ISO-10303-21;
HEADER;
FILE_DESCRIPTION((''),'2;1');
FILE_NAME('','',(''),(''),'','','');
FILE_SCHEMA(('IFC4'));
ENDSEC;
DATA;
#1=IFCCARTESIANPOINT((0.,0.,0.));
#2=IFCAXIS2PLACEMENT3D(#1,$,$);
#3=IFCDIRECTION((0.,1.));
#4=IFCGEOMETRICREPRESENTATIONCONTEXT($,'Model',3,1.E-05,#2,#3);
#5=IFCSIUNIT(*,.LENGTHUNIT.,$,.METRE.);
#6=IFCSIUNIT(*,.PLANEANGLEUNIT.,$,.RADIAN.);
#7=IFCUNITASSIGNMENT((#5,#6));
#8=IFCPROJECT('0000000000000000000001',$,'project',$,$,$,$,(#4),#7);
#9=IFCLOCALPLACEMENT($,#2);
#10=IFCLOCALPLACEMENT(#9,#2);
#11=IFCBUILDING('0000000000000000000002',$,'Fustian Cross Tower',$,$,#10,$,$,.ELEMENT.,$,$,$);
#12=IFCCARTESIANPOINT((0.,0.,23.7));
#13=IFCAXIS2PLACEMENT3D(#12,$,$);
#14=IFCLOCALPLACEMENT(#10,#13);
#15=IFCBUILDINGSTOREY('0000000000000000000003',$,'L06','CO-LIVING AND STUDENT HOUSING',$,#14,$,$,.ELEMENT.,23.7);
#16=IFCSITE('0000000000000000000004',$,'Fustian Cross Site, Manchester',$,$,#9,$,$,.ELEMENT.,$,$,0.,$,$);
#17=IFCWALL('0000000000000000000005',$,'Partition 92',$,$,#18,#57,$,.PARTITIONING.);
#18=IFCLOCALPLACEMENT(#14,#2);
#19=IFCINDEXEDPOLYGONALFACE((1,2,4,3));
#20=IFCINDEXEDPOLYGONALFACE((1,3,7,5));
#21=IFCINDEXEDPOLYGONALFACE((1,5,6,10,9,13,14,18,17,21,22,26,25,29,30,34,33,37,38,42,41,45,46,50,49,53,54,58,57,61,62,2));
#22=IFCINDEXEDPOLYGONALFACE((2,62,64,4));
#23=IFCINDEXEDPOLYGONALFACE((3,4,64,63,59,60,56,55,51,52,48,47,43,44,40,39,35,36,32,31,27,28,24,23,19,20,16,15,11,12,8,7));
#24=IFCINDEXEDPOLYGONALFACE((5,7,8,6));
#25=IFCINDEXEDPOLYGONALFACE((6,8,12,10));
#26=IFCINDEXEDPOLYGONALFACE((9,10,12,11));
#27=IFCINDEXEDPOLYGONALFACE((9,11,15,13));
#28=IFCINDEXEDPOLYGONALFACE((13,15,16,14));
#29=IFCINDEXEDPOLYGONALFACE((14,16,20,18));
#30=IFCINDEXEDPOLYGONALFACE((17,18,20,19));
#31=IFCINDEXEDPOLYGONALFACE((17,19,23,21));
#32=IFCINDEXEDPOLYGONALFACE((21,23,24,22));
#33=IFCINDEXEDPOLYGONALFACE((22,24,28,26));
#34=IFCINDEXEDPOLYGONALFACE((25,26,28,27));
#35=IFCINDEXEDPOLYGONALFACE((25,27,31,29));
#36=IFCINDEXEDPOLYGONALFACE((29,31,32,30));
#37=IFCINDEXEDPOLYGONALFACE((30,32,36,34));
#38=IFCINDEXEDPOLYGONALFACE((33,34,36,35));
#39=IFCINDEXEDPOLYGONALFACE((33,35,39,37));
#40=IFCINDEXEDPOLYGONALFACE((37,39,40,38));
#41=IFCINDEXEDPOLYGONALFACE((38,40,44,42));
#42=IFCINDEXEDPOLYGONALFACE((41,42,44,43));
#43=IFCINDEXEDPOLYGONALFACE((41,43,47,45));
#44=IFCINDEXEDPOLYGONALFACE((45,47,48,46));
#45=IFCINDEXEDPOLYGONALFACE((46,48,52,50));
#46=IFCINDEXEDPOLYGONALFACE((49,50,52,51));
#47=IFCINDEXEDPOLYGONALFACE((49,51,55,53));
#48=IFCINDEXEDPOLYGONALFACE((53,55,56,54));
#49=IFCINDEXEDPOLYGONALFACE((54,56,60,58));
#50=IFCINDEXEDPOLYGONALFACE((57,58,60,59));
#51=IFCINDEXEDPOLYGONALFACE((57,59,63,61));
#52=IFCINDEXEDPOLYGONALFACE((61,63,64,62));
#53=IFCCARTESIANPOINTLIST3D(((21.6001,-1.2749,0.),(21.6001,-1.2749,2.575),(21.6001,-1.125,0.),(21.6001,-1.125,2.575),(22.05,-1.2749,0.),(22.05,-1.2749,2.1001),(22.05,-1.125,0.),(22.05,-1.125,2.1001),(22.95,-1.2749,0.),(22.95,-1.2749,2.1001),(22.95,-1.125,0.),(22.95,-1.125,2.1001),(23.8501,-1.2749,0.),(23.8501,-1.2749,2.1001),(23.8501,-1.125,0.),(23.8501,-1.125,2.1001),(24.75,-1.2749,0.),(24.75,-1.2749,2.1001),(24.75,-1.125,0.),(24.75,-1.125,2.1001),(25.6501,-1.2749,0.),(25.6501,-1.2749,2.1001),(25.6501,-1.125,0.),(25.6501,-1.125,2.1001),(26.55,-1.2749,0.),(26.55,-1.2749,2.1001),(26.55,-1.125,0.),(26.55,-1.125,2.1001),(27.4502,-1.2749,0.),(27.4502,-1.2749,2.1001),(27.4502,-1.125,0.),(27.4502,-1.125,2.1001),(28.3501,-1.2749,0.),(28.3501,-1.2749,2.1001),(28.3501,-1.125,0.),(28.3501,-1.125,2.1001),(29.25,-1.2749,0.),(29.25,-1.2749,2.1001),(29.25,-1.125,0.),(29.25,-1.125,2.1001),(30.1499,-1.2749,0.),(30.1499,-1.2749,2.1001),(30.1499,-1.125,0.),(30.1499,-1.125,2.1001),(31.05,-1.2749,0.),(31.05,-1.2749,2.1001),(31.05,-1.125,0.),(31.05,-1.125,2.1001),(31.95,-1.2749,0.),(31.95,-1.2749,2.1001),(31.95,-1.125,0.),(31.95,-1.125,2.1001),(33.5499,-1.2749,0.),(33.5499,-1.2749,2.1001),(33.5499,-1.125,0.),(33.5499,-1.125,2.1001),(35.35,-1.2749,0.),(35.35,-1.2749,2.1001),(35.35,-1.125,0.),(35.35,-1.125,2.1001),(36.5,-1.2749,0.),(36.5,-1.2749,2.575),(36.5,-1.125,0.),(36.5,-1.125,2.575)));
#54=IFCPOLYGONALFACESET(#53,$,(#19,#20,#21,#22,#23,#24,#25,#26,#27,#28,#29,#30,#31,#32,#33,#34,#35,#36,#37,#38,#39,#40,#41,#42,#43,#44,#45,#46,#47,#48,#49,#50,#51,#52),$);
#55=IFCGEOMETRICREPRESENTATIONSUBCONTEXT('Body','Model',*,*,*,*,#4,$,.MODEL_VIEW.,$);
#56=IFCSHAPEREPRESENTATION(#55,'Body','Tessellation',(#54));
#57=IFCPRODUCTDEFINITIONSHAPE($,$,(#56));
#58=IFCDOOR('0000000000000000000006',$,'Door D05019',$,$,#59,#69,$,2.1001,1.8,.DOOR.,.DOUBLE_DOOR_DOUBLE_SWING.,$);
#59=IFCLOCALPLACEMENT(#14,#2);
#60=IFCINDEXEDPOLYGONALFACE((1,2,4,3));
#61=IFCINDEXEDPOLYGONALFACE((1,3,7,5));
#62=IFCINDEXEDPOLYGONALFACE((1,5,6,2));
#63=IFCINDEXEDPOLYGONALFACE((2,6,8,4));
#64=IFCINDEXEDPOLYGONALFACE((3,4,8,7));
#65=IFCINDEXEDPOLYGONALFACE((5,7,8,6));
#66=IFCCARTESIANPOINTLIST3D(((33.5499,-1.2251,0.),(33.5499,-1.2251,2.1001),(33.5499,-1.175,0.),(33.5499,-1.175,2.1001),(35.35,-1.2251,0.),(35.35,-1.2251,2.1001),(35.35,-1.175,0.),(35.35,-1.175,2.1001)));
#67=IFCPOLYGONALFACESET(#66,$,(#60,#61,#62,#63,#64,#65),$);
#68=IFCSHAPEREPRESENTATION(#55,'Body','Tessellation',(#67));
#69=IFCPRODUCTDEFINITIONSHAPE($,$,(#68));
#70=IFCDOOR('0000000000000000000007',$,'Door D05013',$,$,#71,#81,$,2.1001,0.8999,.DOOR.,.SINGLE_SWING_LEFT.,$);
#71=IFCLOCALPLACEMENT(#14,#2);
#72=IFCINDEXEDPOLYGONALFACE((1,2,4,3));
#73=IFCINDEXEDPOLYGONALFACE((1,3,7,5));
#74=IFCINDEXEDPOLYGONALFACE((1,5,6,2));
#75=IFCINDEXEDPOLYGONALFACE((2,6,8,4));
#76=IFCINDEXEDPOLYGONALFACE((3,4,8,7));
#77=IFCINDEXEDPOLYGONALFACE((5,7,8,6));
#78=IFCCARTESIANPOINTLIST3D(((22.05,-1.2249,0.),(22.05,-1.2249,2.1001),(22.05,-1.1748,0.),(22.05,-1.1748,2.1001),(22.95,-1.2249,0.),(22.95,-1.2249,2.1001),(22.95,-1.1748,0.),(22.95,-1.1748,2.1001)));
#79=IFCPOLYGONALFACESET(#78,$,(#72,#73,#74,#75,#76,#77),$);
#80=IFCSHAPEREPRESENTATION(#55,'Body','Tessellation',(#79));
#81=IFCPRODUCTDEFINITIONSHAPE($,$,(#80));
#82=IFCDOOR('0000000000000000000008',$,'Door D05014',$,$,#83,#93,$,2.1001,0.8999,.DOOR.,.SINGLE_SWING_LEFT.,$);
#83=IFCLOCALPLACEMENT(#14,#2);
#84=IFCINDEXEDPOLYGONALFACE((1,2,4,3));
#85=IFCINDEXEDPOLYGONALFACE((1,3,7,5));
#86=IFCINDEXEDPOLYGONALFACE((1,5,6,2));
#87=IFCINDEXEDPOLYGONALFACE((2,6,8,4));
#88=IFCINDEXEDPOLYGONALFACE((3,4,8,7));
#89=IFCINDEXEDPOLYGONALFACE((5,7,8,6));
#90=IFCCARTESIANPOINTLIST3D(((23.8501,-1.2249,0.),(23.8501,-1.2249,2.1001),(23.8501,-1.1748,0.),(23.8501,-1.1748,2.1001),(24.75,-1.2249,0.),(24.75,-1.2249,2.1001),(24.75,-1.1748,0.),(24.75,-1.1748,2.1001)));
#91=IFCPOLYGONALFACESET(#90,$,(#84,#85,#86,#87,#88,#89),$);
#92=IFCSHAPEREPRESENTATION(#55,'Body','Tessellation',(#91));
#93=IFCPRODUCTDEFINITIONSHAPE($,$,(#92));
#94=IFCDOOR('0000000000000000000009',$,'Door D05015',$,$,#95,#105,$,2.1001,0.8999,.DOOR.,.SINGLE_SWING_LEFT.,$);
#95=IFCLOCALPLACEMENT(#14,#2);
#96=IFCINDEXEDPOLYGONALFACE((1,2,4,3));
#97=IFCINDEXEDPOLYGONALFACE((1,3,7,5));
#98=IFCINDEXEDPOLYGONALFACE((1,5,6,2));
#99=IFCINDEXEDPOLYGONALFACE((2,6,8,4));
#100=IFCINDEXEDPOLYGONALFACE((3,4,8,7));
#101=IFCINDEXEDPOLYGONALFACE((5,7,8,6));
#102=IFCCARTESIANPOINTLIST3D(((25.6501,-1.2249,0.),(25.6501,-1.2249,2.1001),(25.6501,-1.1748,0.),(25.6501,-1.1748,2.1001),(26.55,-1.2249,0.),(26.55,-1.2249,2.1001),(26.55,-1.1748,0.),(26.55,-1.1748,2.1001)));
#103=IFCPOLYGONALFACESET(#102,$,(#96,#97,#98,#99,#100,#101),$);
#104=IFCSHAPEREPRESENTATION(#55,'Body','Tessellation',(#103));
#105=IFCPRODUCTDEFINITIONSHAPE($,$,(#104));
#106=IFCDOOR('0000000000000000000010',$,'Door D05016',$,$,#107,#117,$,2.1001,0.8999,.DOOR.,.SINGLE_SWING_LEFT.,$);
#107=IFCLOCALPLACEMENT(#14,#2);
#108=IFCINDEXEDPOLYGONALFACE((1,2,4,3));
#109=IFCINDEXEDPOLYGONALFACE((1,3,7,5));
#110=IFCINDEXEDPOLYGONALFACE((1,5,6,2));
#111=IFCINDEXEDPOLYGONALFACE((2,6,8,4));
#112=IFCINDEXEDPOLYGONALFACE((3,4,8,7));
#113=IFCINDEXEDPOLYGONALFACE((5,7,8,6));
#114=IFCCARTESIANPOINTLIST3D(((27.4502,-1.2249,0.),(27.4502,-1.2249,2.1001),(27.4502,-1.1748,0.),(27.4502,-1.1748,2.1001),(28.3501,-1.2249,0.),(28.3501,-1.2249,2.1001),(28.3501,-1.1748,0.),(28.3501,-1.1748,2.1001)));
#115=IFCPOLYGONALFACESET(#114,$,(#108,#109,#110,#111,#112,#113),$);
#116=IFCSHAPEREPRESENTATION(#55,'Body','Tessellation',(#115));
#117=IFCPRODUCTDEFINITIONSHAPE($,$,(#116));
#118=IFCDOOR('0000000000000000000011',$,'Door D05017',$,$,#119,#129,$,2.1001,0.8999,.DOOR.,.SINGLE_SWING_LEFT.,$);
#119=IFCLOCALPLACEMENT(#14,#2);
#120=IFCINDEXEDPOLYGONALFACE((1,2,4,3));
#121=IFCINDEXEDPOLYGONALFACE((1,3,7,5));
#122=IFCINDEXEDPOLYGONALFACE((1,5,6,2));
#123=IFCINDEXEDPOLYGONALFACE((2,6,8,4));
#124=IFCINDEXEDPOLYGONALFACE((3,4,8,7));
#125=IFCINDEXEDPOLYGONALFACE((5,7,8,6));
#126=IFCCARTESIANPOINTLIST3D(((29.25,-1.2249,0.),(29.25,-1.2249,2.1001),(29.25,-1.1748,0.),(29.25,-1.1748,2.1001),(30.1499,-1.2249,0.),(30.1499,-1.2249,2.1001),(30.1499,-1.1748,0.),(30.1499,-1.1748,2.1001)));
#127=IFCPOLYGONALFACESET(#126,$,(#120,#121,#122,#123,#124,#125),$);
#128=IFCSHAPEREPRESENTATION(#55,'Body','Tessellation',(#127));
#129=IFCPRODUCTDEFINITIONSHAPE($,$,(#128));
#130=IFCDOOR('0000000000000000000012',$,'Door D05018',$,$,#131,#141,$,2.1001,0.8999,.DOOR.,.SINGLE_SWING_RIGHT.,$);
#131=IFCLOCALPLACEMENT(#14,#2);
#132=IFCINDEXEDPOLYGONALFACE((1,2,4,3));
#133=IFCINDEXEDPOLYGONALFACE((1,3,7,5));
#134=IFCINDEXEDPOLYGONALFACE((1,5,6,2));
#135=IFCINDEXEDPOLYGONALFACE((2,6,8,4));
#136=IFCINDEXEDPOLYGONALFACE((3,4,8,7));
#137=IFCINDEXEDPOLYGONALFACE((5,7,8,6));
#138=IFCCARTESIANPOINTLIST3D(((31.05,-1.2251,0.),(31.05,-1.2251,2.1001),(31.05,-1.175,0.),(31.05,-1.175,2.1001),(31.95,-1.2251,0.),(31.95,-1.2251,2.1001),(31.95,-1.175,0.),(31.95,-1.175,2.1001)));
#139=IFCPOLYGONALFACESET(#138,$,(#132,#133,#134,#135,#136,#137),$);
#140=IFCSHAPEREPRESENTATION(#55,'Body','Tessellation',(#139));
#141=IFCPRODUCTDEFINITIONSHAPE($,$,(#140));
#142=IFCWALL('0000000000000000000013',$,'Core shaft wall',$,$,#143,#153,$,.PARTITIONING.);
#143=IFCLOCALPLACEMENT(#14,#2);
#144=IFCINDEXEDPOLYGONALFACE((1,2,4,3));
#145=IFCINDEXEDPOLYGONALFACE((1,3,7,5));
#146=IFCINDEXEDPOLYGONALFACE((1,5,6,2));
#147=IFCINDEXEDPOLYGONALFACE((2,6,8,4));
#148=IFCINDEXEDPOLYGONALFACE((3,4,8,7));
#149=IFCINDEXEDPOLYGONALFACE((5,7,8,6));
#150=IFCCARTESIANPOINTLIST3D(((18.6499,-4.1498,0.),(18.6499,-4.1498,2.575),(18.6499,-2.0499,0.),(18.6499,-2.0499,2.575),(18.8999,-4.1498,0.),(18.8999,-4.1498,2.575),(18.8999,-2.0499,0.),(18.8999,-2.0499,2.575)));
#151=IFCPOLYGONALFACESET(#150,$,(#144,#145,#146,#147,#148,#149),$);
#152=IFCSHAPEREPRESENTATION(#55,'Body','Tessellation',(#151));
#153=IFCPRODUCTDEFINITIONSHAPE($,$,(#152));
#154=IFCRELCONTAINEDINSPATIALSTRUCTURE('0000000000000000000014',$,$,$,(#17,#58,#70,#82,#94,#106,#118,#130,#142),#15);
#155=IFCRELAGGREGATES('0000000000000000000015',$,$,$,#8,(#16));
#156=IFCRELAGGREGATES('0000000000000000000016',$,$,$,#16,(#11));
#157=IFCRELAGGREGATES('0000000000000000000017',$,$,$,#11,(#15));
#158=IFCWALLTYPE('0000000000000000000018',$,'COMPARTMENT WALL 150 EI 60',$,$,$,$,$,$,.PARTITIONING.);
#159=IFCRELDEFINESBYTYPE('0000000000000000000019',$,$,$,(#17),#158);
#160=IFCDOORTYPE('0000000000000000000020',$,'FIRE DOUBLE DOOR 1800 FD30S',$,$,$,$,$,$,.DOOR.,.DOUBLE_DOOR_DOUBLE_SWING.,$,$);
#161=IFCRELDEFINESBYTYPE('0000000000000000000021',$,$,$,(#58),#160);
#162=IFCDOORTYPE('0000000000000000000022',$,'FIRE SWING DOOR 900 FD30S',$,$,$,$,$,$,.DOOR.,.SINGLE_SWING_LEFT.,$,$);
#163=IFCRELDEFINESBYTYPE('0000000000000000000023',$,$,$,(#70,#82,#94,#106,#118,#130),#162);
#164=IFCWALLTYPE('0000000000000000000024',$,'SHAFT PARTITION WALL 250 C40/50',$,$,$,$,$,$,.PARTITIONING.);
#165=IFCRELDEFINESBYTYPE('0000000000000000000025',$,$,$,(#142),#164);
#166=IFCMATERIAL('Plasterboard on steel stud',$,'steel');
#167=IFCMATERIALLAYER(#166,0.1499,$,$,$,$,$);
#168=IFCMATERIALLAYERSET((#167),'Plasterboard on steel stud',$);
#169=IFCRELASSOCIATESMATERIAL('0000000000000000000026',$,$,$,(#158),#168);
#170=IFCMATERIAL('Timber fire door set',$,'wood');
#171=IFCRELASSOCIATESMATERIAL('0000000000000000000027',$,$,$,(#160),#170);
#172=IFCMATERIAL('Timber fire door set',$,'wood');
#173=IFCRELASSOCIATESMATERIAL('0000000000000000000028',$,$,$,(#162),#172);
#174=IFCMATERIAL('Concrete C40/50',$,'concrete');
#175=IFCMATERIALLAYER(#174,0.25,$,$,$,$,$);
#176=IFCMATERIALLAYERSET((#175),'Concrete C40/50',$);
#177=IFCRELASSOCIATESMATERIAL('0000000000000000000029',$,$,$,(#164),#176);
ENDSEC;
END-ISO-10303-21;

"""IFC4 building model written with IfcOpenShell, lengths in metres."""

from ifc_helpers import new_model, si_unit, direction, frame, frame_2d, origin, place, context, subcontext, project, spatial, rectangle, extrude, material, layer, layer_set, type_object, element, fill, save


model = new_model("IFC4")

# Units and contexts
model_context = context("Model", 3, precision=1e-05, world=origin(), true_north=direction((0.0, 1.0)))
body_context = subcontext(model_context, "Body", "Model", "MODEL_VIEW")
ifc_project = project(units=[si_unit("LENGTHUNIT", "METRE"), si_unit("PLANEANGLEUNIT", "RADIAN")], contexts=[model_context])

# Site, building, storey
site_placement = place(None, origin())
site = spatial("IfcSite", under=ifc_project, at=site_placement, Name="Fustian Cross Site, Manchester", CompositionType="ELEMENT", RefElevation=0.0)
building_placement = place(site_placement, origin())
building = spatial("IfcBuilding", under=site, at=building_placement, Name="Fustian Cross Tower", CompositionType="ELEMENT")
storey_placement = place(building_placement, frame((0.0, 0.0, 23.7)))
storey = spatial("IfcBuildingStorey", under=building, at=storey_placement, Name="L06", Description="CO-LIVING AND STUDENT HOUSING", CompositionType="ELEMENT", Elevation=23.7)

# Wall, openings, doors
ifc_material_1 = material(Name="Plasterboard on steel stud", Category="steel")
ifc_layer_1 = layer(ifc_material_1, 0.1499)
ifc_layer_set_1 = layer_set([ifc_layer_1], Name="Plasterboard on steel stud")
wall_type_1 = type_object("IfcWallType", Name="COMPARTMENT WALL 150 EI 60", PredefinedType="PARTITIONING", material=ifc_layer_set_1)
wall_1_placement = place(storey_placement, frame((21.6001, -1.2, 0.0), z_axis=(0.0, 0.0, 1.0), x_axis=(1.0, 0.0, 0.0)))
wall_1 = element("IfcWall", 1, at=wall_1_placement, inside=storey, type_object=wall_type_1, Name="Partition 92", PredefinedType="PARTITIONING", context=body_context, shape_type="SweptSolid", body=[
    extrude(rectangle(XDim=14.8999, YDim=0.1499, at=frame_2d((7.45, 0.0))), origin(), (0.0, 0.0, 1.0), 2.575),
])
opening_1_placement = place(wall_1_placement, frame((0.45, 0.0, 0.0)))
opening_1 = element("IfcOpeningElement", 2, at=opening_1_placement, cuts=wall_1, PredefinedType="OPENING", context=body_context, shape_type="SweptSolid", body=[
    extrude(rectangle(XDim=0.8999, YDim=2.1001, at=frame_2d((0.45, 1.05))), frame((0.0, 0.085, 0.0), z_axis=(0.0, -1.0, 0.0), x_axis=(1.0, 0.0, 0.0)), (0.0, 0.0, 1.0), 0.1699),
])
opening_2_placement = place(wall_1_placement, frame((2.25, 0.0, 0.0)))
opening_2 = element("IfcOpeningElement", 3, at=opening_2_placement, cuts=wall_1, PredefinedType="OPENING", context=body_context, shape_type="SweptSolid", body=[
    extrude(rectangle(XDim=0.8999, YDim=2.1001, at=frame_2d((0.45, 1.05))), frame((0.0, 0.085, 0.0), z_axis=(0.0, -1.0, 0.0), x_axis=(1.0, 0.0, 0.0)), (0.0, 0.0, 1.0), 0.1699),
])
opening_3_placement = place(wall_1_placement, frame((4.05, 0.0, 0.0)))
opening_3 = element("IfcOpeningElement", 4, at=opening_3_placement, cuts=wall_1, PredefinedType="OPENING", context=body_context, shape_type="SweptSolid", body=[
    extrude(rectangle(XDim=0.8999, YDim=2.1001, at=frame_2d((0.45, 1.05))), frame((0.0, 0.085, 0.0), z_axis=(0.0, -1.0, 0.0), x_axis=(1.0, 0.0, 0.0)), (0.0, 0.0, 1.0), 0.1699),
])
opening_4_placement = place(wall_1_placement, frame((5.8501, 0.0, 0.0)))
opening_4 = element("IfcOpeningElement", 5, at=opening_4_placement, cuts=wall_1, PredefinedType="OPENING", context=body_context, shape_type="SweptSolid", body=[
    extrude(rectangle(XDim=0.8999, YDim=2.1001, at=frame_2d((0.45, 1.05))), frame((0.0, 0.085, 0.0), z_axis=(0.0, -1.0, 0.0), x_axis=(1.0, 0.0, 0.0)), (0.0, 0.0, 1.0), 0.1699),
])
opening_5_placement = place(wall_1_placement, frame((7.6499, 0.0, 0.0)))
opening_5 = element("IfcOpeningElement", 6, at=opening_5_placement, cuts=wall_1, PredefinedType="OPENING", context=body_context, shape_type="SweptSolid", body=[
    extrude(rectangle(XDim=0.8999, YDim=2.1001, at=frame_2d((0.45, 1.05))), frame((0.0, 0.085, 0.0), z_axis=(0.0, -1.0, 0.0), x_axis=(1.0, 0.0, 0.0)), (0.0, 0.0, 1.0), 0.1699),
])
opening_6_placement = place(wall_1_placement, frame((9.45, 0.0, 0.0)))
opening_6 = element("IfcOpeningElement", 7, at=opening_6_placement, cuts=wall_1, PredefinedType="OPENING", context=body_context, shape_type="SweptSolid", body=[
    extrude(rectangle(XDim=0.8999, YDim=2.1001, at=frame_2d((0.45, 1.05))), frame((0.0, 0.085, 0.0), z_axis=(0.0, -1.0, 0.0), x_axis=(1.0, 0.0, 0.0)), (0.0, 0.0, 1.0), 0.1699),
])
opening_7_placement = place(wall_1_placement, frame((11.95, 0.0, 0.0)))
opening_7 = element("IfcOpeningElement", 8, at=opening_7_placement, cuts=wall_1, PredefinedType="OPENING", context=body_context, shape_type="SweptSolid", body=[
    extrude(rectangle(XDim=1.8, YDim=2.1001, at=frame_2d((0.8999, 1.05))), frame((0.0, 0.085, 0.0), z_axis=(0.0, -1.0, 0.0), x_axis=(1.0, 0.0, 0.0)), (0.0, 0.0, 1.0), 0.1699),
])
ifc_material_2 = material(Name="Timber fire door set", Category="wood")
door_type_1 = type_object("IfcDoorType", Name="FIRE DOUBLE DOOR 1800 FD30S", OperationType="DOUBLE_DOOR_DOUBLE_SWING", PredefinedType="DOOR", material=ifc_material_2)
door_1_placement = place(opening_7_placement, origin())
door_1 = element("IfcDoor", 9, at=door_1_placement, inside=storey, type_object=door_type_1, Name="Door D05019", OperationType="DOUBLE_DOOR_DOUBLE_SWING", OverallHeight=2.1001, OverallWidth=1.8, PredefinedType="DOOR", context=body_context, shape_type="SweptSolid", body=[
    extrude(rectangle(XDim=1.8, YDim=2.1001, at=frame_2d((0.8999, 1.05))), frame((0.0, 0.0249, 0.0), z_axis=(0.0, -1.0, 0.0), x_axis=(1.0, 0.0, 0.0)), (0.0, 0.0, 1.0), 0.05),
])
fill(opening_7, door_1)
ifc_material_3 = material(Name="Timber fire door set", Category="wood")
door_type_2 = type_object("IfcDoorType", Name="FIRE SWING DOOR 900 FD30S", OperationType="SINGLE_SWING_LEFT", PredefinedType="DOOR", material=ifc_material_3)
door_2_placement = place(opening_1_placement, frame((0.8999, 0.0, 0.0), z_axis=(0.0, 0.0, 1.0), x_axis=(-1.0, 0.0, 0.0)))
door_2 = element("IfcDoor", 10, at=door_2_placement, inside=storey, type_object=door_type_2, Name="Door D05013", OperationType="SINGLE_SWING_LEFT", OverallHeight=2.1001, OverallWidth=0.8999, PredefinedType="DOOR", context=body_context, shape_type="SweptSolid", body=[
    extrude(rectangle(XDim=0.8999, YDim=2.1001, at=frame_2d((0.45, 1.05))), frame((0.0, 0.0249, 0.0), z_axis=(0.0, -1.0, 0.0), x_axis=(1.0, 0.0, 0.0)), (0.0, 0.0, 1.0), 0.05),
])
fill(opening_1, door_2)
door_3_placement = place(opening_2_placement, frame((0.8999, 0.0, 0.0), z_axis=(0.0, 0.0, 1.0), x_axis=(-1.0, 0.0, 0.0)))
door_3 = element("IfcDoor", 11, at=door_3_placement, inside=storey, type_object=door_type_2, Name="Door D05014", OperationType="SINGLE_SWING_LEFT", OverallHeight=2.1001, OverallWidth=0.8999, PredefinedType="DOOR", context=body_context, shape_type="SweptSolid", body=[
    extrude(rectangle(XDim=0.8999, YDim=2.1001, at=frame_2d((0.45, 1.05))), frame((0.0, 0.0249, 0.0), z_axis=(0.0, -1.0, 0.0), x_axis=(1.0, 0.0, 0.0)), (0.0, 0.0, 1.0), 0.05),
])
fill(opening_2, door_3)
door_4_placement = place(opening_3_placement, frame((0.8999, 0.0, 0.0), z_axis=(0.0, 0.0, 1.0), x_axis=(-1.0, 0.0, 0.0)))
door_4 = element("IfcDoor", 12, at=door_4_placement, inside=storey, type_object=door_type_2, Name="Door D05015", OperationType="SINGLE_SWING_LEFT", OverallHeight=2.1001, OverallWidth=0.8999, PredefinedType="DOOR", context=body_context, shape_type="SweptSolid", body=[
    extrude(rectangle(XDim=0.8999, YDim=2.1001, at=frame_2d((0.45, 1.05))), frame((0.0, 0.0249, 0.0), z_axis=(0.0, -1.0, 0.0), x_axis=(1.0, 0.0, 0.0)), (0.0, 0.0, 1.0), 0.05),
])
fill(opening_3, door_4)
door_5_placement = place(opening_4_placement, frame((0.8999, 0.0, 0.0), z_axis=(0.0, 0.0, 1.0), x_axis=(-1.0, 0.0, 0.0)))
door_5 = element("IfcDoor", 13, at=door_5_placement, inside=storey, type_object=door_type_2, Name="Door D05016", OperationType="SINGLE_SWING_LEFT", OverallHeight=2.1001, OverallWidth=0.8999, PredefinedType="DOOR", context=body_context, shape_type="SweptSolid", body=[
    extrude(rectangle(XDim=0.8999, YDim=2.1001, at=frame_2d((0.45, 1.05))), frame((0.0, 0.0249, 0.0), z_axis=(0.0, -1.0, 0.0), x_axis=(1.0, 0.0, 0.0)), (0.0, 0.0, 1.0), 0.05),
])
fill(opening_4, door_5)
door_6_placement = place(opening_5_placement, frame((0.8999, 0.0, 0.0), z_axis=(0.0, 0.0, 1.0), x_axis=(-1.0, 0.0, 0.0)))
door_6 = element("IfcDoor", 14, at=door_6_placement, inside=storey, type_object=door_type_2, Name="Door D05017", OperationType="SINGLE_SWING_LEFT", OverallHeight=2.1001, OverallWidth=0.8999, PredefinedType="DOOR", context=body_context, shape_type="SweptSolid", body=[
    extrude(rectangle(XDim=0.8999, YDim=2.1001, at=frame_2d((0.45, 1.05))), frame((0.0, 0.0249, 0.0), z_axis=(0.0, -1.0, 0.0), x_axis=(1.0, 0.0, 0.0)), (0.0, 0.0, 1.0), 0.05),
])
fill(opening_5, door_6)
door_7_placement = place(opening_6_placement, origin())
door_7 = element("IfcDoor", 15, at=door_7_placement, inside=storey, type_object=door_type_2, Name="Door D05018", OperationType="SINGLE_SWING_RIGHT", OverallHeight=2.1001, OverallWidth=0.8999, PredefinedType="DOOR", context=body_context, shape_type="SweptSolid", body=[
    extrude(rectangle(XDim=0.8999, YDim=2.1001, at=frame_2d((0.45, 1.05))), frame((0.0, 0.0249, 0.0), z_axis=(0.0, -1.0, 0.0), x_axis=(1.0, 0.0, 0.0)), (0.0, 0.0, 1.0), 0.05),
])
fill(opening_6, door_7)

# Wall
ifc_material_4 = material(Name="Concrete C40/50", Category="concrete")
ifc_layer_2 = layer(ifc_material_4, 0.25)
ifc_layer_set_2 = layer_set([ifc_layer_2], Name="Concrete C40/50")
wall_type_2 = type_object("IfcWallType", Name="SHAFT PARTITION WALL 250 C40/50", PredefinedType="PARTITIONING", material=ifc_layer_set_2)
wall_2_placement = place(storey_placement, frame((18.7749, -2.05, 0.0), z_axis=(0.0, 0.0, 1.0), x_axis=(0.0, -1.0, 0.0)))
element("IfcWall", 16, at=wall_2_placement, inside=storey, type_object=wall_type_2, Name="Core shaft wall", PredefinedType="PARTITIONING", context=body_context, shape_type="SweptSolid", body=[
    extrude(rectangle(XDim=2.0999, YDim=0.25, at=frame_2d((1.0498, 0.0))), origin(), (0.0, 0.0, 1.0), 2.575),
])

save(model, "model.ifc")
